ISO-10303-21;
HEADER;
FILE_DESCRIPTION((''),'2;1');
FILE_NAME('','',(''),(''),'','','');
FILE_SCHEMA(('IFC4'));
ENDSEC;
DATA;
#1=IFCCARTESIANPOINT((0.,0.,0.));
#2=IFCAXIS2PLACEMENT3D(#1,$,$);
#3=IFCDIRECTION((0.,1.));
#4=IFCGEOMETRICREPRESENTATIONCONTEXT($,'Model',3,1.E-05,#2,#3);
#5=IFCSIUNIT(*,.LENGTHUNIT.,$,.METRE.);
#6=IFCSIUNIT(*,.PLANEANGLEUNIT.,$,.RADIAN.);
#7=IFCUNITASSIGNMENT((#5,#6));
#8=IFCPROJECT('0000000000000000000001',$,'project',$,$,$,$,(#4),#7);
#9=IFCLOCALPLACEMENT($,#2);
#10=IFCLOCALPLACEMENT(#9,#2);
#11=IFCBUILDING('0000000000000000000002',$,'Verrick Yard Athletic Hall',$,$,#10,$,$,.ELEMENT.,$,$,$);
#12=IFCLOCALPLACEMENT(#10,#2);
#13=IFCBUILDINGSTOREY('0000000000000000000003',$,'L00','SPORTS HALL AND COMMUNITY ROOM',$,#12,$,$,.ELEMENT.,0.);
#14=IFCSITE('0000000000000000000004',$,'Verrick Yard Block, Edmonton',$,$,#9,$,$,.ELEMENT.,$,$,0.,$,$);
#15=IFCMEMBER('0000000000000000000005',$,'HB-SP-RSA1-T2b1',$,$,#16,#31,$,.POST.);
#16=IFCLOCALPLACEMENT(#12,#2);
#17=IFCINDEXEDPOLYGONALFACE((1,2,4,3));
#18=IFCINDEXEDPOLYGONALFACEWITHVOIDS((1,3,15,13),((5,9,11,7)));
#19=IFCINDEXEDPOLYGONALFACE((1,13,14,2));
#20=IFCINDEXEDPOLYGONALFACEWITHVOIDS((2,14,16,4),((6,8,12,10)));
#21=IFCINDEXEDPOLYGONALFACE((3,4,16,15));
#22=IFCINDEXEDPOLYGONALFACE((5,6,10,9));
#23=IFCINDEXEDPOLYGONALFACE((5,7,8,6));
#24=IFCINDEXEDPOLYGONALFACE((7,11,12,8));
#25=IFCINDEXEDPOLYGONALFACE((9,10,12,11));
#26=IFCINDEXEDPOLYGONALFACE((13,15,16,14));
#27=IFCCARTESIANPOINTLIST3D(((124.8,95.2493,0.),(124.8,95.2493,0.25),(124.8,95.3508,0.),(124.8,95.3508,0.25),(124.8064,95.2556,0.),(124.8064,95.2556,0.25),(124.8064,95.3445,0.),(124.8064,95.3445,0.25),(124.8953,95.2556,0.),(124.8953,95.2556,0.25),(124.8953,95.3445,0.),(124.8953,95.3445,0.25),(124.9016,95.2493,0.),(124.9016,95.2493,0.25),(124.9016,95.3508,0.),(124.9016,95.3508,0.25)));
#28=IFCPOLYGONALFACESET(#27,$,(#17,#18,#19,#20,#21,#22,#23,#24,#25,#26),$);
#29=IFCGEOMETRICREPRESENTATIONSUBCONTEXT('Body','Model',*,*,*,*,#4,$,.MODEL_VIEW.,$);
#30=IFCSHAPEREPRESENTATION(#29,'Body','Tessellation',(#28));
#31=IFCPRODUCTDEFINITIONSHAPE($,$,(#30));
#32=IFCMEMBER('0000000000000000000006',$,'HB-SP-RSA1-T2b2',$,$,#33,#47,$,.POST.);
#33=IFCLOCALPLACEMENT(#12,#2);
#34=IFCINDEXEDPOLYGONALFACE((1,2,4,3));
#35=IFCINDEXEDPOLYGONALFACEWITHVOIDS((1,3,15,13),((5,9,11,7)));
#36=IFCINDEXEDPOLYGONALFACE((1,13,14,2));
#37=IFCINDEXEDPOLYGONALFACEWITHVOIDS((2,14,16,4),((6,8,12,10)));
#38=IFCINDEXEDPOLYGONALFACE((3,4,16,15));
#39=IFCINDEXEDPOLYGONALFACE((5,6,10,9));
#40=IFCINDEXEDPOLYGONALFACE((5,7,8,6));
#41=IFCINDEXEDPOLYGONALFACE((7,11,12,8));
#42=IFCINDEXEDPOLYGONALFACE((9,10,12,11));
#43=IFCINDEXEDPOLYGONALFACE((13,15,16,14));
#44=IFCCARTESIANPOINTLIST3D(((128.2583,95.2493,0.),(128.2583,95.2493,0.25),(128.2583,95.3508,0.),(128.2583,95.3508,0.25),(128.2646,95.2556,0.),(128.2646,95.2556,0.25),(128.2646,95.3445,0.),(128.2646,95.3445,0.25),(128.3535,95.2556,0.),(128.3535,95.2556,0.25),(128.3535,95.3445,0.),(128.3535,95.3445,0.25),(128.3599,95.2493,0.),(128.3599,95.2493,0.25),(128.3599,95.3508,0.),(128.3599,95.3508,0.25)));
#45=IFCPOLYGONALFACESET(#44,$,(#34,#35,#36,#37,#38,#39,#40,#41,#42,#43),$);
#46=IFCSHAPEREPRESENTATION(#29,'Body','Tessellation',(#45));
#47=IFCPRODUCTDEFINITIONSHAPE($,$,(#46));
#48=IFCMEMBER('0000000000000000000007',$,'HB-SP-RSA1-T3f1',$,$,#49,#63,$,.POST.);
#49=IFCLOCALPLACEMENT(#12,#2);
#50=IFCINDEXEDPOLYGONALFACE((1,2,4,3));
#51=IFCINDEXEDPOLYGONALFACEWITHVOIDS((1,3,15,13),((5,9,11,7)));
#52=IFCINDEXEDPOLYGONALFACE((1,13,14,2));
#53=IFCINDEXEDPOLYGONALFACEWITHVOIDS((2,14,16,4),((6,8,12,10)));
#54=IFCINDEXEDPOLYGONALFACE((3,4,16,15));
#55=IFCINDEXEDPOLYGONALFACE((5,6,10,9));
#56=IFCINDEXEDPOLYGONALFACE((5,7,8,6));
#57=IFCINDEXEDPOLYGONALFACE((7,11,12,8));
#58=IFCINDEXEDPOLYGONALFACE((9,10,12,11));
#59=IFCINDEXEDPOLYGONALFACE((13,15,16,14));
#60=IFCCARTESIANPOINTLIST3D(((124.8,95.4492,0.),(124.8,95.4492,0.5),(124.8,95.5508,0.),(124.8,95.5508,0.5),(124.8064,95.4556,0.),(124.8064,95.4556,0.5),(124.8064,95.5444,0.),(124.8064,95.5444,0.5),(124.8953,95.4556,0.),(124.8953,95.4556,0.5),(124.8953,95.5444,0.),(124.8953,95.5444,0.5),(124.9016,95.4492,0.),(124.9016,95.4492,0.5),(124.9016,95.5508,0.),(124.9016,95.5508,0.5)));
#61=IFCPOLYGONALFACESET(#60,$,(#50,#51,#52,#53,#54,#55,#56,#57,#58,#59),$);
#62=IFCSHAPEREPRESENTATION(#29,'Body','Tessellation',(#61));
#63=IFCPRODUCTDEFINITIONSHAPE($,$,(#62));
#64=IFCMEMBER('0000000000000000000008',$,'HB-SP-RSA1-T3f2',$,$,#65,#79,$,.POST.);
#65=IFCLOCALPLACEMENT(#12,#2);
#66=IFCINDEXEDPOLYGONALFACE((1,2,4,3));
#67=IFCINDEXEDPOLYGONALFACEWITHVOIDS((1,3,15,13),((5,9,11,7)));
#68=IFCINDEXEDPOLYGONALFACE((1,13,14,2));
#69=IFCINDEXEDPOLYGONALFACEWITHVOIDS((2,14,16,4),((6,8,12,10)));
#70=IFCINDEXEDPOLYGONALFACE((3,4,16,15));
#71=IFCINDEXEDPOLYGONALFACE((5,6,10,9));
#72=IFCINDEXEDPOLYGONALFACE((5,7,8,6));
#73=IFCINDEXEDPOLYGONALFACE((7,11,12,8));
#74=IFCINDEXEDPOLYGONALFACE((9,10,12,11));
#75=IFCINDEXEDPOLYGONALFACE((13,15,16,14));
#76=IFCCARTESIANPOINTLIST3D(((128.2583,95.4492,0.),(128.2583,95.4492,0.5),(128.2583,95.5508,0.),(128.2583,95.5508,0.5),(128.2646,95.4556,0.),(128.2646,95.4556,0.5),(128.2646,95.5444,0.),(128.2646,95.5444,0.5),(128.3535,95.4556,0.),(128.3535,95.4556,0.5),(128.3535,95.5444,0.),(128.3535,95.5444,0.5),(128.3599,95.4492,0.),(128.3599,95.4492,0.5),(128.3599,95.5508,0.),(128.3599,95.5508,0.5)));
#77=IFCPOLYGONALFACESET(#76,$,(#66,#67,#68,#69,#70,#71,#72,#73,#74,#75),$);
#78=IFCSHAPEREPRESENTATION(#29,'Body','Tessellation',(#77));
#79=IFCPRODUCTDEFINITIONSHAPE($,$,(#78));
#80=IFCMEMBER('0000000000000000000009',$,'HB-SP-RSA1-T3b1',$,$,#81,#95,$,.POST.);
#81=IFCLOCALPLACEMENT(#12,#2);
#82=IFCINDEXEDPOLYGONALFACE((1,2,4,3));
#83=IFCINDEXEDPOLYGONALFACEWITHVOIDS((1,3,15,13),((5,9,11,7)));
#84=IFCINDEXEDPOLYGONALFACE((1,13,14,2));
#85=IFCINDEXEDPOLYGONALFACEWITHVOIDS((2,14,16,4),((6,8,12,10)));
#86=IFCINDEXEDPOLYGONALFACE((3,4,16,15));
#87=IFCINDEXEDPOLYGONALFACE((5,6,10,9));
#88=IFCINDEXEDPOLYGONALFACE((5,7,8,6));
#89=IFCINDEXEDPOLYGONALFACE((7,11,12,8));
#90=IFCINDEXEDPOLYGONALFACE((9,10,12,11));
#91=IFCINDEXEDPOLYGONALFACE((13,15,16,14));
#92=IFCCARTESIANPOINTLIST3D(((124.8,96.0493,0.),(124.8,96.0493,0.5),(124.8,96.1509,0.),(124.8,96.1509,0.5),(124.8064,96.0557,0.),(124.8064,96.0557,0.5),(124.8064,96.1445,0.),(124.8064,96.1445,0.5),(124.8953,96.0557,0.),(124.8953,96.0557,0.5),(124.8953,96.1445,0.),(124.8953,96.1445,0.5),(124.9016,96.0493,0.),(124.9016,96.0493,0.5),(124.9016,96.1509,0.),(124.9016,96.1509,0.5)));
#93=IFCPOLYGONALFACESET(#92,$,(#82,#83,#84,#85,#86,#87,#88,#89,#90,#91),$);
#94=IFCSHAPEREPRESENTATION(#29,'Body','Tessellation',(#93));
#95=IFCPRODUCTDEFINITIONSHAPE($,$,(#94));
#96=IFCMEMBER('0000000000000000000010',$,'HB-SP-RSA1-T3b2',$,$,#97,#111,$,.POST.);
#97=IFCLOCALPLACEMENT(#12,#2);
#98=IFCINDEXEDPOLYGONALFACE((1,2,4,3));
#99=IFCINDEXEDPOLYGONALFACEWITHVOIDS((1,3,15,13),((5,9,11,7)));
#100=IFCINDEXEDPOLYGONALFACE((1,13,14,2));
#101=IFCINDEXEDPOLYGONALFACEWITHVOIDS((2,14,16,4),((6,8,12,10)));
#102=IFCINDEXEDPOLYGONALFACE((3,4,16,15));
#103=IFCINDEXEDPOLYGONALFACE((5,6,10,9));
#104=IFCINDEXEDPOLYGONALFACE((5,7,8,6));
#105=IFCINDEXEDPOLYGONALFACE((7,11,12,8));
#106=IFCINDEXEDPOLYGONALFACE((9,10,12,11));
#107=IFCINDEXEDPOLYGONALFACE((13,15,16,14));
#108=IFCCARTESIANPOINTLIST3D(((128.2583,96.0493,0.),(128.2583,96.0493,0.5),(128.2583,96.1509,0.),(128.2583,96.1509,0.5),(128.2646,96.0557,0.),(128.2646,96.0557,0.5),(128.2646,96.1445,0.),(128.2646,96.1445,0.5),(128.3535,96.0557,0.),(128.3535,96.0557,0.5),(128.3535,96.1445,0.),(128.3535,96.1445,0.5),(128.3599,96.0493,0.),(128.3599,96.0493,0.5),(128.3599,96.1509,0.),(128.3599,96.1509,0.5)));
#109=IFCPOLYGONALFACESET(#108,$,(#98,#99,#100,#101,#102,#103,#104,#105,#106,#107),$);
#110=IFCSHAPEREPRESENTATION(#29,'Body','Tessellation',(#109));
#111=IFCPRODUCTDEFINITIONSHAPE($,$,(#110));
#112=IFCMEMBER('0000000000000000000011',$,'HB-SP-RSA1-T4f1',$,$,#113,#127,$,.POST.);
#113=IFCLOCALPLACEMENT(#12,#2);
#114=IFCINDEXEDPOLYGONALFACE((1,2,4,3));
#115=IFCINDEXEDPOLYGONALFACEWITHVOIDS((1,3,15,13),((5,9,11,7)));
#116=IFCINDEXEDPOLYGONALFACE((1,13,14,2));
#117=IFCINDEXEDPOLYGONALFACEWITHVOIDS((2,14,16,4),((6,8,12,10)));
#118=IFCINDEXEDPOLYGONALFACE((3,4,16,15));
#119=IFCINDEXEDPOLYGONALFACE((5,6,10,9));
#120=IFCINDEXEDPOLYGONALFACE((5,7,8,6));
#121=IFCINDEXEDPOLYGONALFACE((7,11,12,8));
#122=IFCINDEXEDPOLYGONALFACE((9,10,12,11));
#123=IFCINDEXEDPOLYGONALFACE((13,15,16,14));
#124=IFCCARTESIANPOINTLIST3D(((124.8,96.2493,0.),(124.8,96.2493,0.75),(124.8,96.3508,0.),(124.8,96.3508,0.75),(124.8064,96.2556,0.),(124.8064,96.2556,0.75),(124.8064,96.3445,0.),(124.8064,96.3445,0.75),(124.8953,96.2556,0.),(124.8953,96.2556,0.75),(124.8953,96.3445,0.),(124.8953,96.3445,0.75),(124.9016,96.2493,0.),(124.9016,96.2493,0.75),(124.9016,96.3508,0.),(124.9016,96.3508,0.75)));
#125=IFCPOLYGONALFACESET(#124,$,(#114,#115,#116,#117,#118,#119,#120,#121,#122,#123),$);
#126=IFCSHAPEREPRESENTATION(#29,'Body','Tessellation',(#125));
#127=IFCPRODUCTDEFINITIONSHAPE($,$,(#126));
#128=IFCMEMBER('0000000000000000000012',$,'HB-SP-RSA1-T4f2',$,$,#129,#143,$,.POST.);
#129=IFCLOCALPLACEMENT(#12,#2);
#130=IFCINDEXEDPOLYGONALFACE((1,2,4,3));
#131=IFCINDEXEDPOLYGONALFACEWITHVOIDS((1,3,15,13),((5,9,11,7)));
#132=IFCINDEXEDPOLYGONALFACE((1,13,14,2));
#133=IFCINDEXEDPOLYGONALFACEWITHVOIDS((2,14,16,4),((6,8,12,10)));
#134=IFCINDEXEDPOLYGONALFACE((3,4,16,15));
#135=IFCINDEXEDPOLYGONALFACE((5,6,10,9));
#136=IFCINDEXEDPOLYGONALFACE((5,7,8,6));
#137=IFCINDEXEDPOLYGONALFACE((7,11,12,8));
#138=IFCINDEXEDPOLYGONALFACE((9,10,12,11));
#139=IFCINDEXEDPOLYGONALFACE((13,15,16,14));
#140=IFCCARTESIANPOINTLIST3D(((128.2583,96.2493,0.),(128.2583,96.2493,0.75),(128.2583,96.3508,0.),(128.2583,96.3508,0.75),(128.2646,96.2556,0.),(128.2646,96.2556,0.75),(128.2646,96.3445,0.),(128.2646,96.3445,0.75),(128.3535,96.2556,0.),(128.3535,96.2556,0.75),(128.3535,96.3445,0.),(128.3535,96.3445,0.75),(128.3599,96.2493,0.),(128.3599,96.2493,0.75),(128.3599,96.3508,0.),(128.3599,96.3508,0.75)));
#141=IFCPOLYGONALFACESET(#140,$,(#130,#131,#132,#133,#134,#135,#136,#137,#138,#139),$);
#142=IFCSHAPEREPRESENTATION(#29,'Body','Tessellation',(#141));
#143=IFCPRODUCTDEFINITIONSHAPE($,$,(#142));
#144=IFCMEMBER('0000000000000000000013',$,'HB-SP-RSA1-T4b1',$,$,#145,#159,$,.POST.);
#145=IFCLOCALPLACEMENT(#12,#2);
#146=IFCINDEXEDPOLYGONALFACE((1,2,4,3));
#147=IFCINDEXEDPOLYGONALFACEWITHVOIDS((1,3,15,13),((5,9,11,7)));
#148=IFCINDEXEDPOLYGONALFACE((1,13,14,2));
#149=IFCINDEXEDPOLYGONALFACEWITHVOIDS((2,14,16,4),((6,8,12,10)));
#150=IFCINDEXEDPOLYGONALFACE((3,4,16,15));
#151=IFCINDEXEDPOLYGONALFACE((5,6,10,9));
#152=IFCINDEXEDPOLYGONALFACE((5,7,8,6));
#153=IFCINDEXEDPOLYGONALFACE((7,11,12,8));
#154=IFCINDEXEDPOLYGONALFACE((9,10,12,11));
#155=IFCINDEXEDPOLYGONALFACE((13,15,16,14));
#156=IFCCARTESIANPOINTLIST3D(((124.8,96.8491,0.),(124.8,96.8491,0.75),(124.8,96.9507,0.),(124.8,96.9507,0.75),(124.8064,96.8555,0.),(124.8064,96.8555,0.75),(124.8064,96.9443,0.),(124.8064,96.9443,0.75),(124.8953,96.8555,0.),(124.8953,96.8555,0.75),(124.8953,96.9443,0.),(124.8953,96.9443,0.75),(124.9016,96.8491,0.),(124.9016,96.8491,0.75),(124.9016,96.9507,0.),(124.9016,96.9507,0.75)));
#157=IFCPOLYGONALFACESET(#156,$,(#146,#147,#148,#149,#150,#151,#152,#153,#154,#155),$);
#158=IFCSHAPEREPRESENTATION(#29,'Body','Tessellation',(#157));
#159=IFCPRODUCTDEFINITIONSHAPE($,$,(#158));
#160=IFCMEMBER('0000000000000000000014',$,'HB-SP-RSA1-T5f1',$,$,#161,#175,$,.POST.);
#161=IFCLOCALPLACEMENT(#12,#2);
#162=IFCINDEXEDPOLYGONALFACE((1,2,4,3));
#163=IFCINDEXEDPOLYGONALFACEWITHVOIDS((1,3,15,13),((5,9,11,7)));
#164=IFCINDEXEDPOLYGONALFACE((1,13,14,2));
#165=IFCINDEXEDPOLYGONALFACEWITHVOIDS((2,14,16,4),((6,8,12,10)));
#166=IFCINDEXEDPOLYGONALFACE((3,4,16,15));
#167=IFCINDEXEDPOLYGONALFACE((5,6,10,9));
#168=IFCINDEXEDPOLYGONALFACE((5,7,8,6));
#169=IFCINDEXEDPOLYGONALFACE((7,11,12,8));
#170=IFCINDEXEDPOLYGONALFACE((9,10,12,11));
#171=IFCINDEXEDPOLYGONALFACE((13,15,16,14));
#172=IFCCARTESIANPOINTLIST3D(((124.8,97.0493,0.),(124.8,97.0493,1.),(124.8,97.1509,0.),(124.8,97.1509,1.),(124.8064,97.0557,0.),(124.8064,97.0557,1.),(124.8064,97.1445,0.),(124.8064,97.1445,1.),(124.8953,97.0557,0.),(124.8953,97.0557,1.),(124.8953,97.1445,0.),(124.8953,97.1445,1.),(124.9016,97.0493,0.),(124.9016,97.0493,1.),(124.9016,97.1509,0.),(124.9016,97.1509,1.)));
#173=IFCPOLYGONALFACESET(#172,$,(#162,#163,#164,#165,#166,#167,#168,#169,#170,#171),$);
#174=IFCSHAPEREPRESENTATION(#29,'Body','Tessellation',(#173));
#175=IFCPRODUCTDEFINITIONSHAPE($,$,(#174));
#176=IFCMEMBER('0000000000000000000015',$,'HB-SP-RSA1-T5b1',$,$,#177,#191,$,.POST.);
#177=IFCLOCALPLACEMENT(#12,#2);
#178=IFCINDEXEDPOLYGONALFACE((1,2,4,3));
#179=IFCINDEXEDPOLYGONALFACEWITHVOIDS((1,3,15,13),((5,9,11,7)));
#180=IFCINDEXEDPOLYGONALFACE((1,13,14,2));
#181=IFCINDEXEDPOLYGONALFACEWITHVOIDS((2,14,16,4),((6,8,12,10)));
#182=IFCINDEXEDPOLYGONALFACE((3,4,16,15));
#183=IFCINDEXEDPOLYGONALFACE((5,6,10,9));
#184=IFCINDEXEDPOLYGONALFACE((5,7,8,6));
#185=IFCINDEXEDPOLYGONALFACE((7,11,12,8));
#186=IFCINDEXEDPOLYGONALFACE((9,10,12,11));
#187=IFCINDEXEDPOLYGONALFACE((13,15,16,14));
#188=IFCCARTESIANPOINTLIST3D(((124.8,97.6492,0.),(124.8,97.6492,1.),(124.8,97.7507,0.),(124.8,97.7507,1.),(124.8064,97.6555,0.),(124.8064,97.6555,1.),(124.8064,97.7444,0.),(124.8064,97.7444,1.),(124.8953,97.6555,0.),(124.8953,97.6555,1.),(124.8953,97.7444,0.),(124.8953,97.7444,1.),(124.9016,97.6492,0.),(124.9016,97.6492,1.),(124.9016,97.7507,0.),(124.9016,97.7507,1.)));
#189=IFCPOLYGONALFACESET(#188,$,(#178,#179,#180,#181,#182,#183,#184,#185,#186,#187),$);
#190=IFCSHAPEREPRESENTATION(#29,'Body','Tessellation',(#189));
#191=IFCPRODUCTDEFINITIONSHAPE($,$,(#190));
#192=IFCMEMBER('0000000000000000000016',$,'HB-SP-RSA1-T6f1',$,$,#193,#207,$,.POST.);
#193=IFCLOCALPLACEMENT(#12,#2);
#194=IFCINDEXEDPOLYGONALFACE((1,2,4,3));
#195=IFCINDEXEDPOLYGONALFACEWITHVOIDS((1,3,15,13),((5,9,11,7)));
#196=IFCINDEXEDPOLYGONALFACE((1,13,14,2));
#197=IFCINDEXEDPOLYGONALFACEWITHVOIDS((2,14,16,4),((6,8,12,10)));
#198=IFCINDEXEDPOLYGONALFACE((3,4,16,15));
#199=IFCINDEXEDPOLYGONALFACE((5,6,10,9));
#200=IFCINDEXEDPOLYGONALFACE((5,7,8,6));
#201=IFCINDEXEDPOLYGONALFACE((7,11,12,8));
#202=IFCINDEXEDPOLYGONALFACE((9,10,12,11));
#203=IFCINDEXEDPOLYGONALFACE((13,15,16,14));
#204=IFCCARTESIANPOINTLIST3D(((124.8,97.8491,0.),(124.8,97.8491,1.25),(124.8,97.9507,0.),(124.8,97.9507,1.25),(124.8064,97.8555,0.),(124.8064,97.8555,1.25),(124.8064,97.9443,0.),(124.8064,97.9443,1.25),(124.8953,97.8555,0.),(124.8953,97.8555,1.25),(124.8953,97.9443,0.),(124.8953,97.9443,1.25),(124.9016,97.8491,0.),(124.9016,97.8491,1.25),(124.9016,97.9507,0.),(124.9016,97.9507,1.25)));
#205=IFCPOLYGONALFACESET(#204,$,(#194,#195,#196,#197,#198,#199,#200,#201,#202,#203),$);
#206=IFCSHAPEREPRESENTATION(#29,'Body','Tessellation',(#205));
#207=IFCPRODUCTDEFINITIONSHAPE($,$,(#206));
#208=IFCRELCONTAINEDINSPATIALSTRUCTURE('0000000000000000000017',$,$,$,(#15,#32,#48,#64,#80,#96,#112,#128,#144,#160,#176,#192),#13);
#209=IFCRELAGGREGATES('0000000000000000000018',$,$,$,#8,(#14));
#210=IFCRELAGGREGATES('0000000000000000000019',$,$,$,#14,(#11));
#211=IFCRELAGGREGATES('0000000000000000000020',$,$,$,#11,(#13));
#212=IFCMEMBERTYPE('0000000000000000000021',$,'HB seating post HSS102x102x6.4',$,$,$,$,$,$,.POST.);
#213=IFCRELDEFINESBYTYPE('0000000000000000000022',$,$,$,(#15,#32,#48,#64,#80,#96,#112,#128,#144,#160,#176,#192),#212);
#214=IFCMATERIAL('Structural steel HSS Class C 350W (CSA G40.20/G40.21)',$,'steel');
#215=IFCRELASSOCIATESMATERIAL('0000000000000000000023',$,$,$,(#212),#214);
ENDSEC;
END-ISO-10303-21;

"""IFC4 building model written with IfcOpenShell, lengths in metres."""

from ifc_helpers import new_model, si_unit, direction, frame, origin, origin_2d, place, context, subcontext, project, spatial, hollow_rectangle, extrude, material, material_profile, profile_set, type_object, element, save


model = new_model("IFC4")

# Units and contexts
model_context = context("Model", 3, precision=1e-05, world=origin(), true_north=direction((0.0, 1.0)))
body_context = subcontext(model_context, "Body", "Model", "MODEL_VIEW")
ifc_project = project(units=[si_unit("LENGTHUNIT", "METRE"), si_unit("PLANEANGLEUNIT", "RADIAN")], contexts=[model_context])

# Site, building, storey
site_placement = place(None, origin())
site = spatial("IfcSite", under=ifc_project, at=site_placement, Name="Verrick Yard Block, Edmonton", CompositionType="ELEMENT", RefElevation=0.0)
building_placement = place(site_placement, origin())
building = spatial("IfcBuilding", under=site, at=building_placement, Name="Verrick Yard Athletic Hall", CompositionType="ELEMENT")
storey_placement = place(building_placement, origin())
storey = spatial("IfcBuildingStorey", under=building, at=storey_placement, Name="L00", Description="SPORTS HALL AND COMMUNITY ROOM", CompositionType="ELEMENT", Elevation=0.0)

# Members
ifc_material_1 = material(Name="Structural steel HSS Class C 350W (CSA G40.20/G40.21)", Category="steel")
ifc_material_profile_1 = material_profile(ifc_material_1, hollow_rectangle(XDim=0.1016, YDim=0.1016, WallThickness=0.0063, at=origin_2d()), Name="HSS102x102x6.4")
ifc_profile_set_1 = profile_set([ifc_material_profile_1], Name="Structural steel HSS Class C 350W (CSA G40.20/G40.21)")
member_type_1 = type_object("IfcMemberType", Name="HB seating post HSS102x102x6.4", PredefinedType="POST", material=ifc_profile_set_1)
for number, where, z_axis, x_axis, name in (
    (1, (124.8508, 95.3, 0.0), (0.0, 0.0, 1.0), (0.0, 1.0, 0.0), "HB-SP-RSA1-T2b1"),
    (2, (128.3091, 95.3, 0.0), (0.0, 0.0, 1.0), (0.0, 1.0, 0.0), "HB-SP-RSA1-T2b2"),
):
    element("IfcMember", number, at=place(storey_placement, frame(where, z_axis=z_axis, x_axis=x_axis)), inside=storey, type_object=member_type_1, Name=name, PredefinedType="POST", context=body_context, shape_type="SweptSolid", body=[
        extrude(hollow_rectangle(XDim=0.1016, YDim=0.1016, WallThickness=0.0063, at=origin_2d()), origin(), (0.0, 0.0, 1.0), 0.25),
    ])
for number, where, z_axis, x_axis, name in (
    (3, (124.8508, 95.5, 0.0), (0.0, 0.0, 1.0), (0.0, 1.0, 0.0), "HB-SP-RSA1-T3f1"),
    (4, (128.3091, 95.5, 0.0), (0.0, 0.0, 1.0), (0.0, 1.0, 0.0), "HB-SP-RSA1-T3f2"),
    (5, (124.8508, 96.1001, 0.0), (0.0, 0.0, 1.0), (0.0, 1.0, 0.0), "HB-SP-RSA1-T3b1"),
    (6, (128.3091, 96.1001, 0.0), (0.0, 0.0, 1.0), (0.0, 1.0, 0.0), "HB-SP-RSA1-T3b2"),
):
    element("IfcMember", number, at=place(storey_placement, frame(where, z_axis=z_axis, x_axis=x_axis)), inside=storey, type_object=member_type_1, Name=name, PredefinedType="POST", context=body_context, shape_type="SweptSolid", body=[
        extrude(hollow_rectangle(XDim=0.1016, YDim=0.1016, WallThickness=0.0063, at=origin_2d()), origin(), (0.0, 0.0, 1.0), 0.5),
    ])
for number, where, z_axis, x_axis, name in (
    (7, (124.8508, 96.3, 0.0), (0.0, 0.0, 1.0), (0.0, 1.0, 0.0), "HB-SP-RSA1-T4f1"),
    (8, (128.3091, 96.3, 0.0), (0.0, 0.0, 1.0), (0.0, 1.0, 0.0), "HB-SP-RSA1-T4f2"),
    (9, (124.8508, 96.8999, 0.0), (0.0, 0.0, 1.0), (0.0, 1.0, 0.0), "HB-SP-RSA1-T4b1"),
):
    element("IfcMember", number, at=place(storey_placement, frame(where, z_axis=z_axis, x_axis=x_axis)), inside=storey, type_object=member_type_1, Name=name, PredefinedType="POST", context=body_context, shape_type="SweptSolid", body=[
        extrude(hollow_rectangle(XDim=0.1016, YDim=0.1016, WallThickness=0.0063, at=origin_2d()), origin(), (0.0, 0.0, 1.0), 0.75),
    ])
for number, where, z_axis, x_axis, name in (
    (10, (124.8508, 97.1001, 0.0), (0.0, 0.0, 1.0), (0.0, 1.0, 0.0), "HB-SP-RSA1-T5f1"),
    (11, (124.8508, 97.7, 0.0), (0.0, 0.0, 1.0), (0.0, 1.0, 0.0), "HB-SP-RSA1-T5b1"),
):
    element("IfcMember", number, at=place(storey_placement, frame(where, z_axis=z_axis, x_axis=x_axis)), inside=storey, type_object=member_type_1, Name=name, PredefinedType="POST", context=body_context, shape_type="SweptSolid", body=[
        extrude(hollow_rectangle(XDim=0.1016, YDim=0.1016, WallThickness=0.0063, at=origin_2d()), origin(), (0.0, 0.0, 1.0), 1.0),
    ])
member_1_placement = place(storey_placement, frame((124.8508, 97.8999, 0.0), z_axis=(0.0, 0.0, 1.0), x_axis=(0.0, 1.0, 0.0)))
element("IfcMember", 12, at=member_1_placement, inside=storey, type_object=member_type_1, Name="HB-SP-RSA1-T6f1", PredefinedType="POST", context=body_context, shape_type="SweptSolid", body=[
    extrude(hollow_rectangle(XDim=0.1016, YDim=0.1016, WallThickness=0.0063, at=origin_2d()), origin(), (0.0, 0.0, 1.0), 1.25),
])

save(model, "model.ifc")
